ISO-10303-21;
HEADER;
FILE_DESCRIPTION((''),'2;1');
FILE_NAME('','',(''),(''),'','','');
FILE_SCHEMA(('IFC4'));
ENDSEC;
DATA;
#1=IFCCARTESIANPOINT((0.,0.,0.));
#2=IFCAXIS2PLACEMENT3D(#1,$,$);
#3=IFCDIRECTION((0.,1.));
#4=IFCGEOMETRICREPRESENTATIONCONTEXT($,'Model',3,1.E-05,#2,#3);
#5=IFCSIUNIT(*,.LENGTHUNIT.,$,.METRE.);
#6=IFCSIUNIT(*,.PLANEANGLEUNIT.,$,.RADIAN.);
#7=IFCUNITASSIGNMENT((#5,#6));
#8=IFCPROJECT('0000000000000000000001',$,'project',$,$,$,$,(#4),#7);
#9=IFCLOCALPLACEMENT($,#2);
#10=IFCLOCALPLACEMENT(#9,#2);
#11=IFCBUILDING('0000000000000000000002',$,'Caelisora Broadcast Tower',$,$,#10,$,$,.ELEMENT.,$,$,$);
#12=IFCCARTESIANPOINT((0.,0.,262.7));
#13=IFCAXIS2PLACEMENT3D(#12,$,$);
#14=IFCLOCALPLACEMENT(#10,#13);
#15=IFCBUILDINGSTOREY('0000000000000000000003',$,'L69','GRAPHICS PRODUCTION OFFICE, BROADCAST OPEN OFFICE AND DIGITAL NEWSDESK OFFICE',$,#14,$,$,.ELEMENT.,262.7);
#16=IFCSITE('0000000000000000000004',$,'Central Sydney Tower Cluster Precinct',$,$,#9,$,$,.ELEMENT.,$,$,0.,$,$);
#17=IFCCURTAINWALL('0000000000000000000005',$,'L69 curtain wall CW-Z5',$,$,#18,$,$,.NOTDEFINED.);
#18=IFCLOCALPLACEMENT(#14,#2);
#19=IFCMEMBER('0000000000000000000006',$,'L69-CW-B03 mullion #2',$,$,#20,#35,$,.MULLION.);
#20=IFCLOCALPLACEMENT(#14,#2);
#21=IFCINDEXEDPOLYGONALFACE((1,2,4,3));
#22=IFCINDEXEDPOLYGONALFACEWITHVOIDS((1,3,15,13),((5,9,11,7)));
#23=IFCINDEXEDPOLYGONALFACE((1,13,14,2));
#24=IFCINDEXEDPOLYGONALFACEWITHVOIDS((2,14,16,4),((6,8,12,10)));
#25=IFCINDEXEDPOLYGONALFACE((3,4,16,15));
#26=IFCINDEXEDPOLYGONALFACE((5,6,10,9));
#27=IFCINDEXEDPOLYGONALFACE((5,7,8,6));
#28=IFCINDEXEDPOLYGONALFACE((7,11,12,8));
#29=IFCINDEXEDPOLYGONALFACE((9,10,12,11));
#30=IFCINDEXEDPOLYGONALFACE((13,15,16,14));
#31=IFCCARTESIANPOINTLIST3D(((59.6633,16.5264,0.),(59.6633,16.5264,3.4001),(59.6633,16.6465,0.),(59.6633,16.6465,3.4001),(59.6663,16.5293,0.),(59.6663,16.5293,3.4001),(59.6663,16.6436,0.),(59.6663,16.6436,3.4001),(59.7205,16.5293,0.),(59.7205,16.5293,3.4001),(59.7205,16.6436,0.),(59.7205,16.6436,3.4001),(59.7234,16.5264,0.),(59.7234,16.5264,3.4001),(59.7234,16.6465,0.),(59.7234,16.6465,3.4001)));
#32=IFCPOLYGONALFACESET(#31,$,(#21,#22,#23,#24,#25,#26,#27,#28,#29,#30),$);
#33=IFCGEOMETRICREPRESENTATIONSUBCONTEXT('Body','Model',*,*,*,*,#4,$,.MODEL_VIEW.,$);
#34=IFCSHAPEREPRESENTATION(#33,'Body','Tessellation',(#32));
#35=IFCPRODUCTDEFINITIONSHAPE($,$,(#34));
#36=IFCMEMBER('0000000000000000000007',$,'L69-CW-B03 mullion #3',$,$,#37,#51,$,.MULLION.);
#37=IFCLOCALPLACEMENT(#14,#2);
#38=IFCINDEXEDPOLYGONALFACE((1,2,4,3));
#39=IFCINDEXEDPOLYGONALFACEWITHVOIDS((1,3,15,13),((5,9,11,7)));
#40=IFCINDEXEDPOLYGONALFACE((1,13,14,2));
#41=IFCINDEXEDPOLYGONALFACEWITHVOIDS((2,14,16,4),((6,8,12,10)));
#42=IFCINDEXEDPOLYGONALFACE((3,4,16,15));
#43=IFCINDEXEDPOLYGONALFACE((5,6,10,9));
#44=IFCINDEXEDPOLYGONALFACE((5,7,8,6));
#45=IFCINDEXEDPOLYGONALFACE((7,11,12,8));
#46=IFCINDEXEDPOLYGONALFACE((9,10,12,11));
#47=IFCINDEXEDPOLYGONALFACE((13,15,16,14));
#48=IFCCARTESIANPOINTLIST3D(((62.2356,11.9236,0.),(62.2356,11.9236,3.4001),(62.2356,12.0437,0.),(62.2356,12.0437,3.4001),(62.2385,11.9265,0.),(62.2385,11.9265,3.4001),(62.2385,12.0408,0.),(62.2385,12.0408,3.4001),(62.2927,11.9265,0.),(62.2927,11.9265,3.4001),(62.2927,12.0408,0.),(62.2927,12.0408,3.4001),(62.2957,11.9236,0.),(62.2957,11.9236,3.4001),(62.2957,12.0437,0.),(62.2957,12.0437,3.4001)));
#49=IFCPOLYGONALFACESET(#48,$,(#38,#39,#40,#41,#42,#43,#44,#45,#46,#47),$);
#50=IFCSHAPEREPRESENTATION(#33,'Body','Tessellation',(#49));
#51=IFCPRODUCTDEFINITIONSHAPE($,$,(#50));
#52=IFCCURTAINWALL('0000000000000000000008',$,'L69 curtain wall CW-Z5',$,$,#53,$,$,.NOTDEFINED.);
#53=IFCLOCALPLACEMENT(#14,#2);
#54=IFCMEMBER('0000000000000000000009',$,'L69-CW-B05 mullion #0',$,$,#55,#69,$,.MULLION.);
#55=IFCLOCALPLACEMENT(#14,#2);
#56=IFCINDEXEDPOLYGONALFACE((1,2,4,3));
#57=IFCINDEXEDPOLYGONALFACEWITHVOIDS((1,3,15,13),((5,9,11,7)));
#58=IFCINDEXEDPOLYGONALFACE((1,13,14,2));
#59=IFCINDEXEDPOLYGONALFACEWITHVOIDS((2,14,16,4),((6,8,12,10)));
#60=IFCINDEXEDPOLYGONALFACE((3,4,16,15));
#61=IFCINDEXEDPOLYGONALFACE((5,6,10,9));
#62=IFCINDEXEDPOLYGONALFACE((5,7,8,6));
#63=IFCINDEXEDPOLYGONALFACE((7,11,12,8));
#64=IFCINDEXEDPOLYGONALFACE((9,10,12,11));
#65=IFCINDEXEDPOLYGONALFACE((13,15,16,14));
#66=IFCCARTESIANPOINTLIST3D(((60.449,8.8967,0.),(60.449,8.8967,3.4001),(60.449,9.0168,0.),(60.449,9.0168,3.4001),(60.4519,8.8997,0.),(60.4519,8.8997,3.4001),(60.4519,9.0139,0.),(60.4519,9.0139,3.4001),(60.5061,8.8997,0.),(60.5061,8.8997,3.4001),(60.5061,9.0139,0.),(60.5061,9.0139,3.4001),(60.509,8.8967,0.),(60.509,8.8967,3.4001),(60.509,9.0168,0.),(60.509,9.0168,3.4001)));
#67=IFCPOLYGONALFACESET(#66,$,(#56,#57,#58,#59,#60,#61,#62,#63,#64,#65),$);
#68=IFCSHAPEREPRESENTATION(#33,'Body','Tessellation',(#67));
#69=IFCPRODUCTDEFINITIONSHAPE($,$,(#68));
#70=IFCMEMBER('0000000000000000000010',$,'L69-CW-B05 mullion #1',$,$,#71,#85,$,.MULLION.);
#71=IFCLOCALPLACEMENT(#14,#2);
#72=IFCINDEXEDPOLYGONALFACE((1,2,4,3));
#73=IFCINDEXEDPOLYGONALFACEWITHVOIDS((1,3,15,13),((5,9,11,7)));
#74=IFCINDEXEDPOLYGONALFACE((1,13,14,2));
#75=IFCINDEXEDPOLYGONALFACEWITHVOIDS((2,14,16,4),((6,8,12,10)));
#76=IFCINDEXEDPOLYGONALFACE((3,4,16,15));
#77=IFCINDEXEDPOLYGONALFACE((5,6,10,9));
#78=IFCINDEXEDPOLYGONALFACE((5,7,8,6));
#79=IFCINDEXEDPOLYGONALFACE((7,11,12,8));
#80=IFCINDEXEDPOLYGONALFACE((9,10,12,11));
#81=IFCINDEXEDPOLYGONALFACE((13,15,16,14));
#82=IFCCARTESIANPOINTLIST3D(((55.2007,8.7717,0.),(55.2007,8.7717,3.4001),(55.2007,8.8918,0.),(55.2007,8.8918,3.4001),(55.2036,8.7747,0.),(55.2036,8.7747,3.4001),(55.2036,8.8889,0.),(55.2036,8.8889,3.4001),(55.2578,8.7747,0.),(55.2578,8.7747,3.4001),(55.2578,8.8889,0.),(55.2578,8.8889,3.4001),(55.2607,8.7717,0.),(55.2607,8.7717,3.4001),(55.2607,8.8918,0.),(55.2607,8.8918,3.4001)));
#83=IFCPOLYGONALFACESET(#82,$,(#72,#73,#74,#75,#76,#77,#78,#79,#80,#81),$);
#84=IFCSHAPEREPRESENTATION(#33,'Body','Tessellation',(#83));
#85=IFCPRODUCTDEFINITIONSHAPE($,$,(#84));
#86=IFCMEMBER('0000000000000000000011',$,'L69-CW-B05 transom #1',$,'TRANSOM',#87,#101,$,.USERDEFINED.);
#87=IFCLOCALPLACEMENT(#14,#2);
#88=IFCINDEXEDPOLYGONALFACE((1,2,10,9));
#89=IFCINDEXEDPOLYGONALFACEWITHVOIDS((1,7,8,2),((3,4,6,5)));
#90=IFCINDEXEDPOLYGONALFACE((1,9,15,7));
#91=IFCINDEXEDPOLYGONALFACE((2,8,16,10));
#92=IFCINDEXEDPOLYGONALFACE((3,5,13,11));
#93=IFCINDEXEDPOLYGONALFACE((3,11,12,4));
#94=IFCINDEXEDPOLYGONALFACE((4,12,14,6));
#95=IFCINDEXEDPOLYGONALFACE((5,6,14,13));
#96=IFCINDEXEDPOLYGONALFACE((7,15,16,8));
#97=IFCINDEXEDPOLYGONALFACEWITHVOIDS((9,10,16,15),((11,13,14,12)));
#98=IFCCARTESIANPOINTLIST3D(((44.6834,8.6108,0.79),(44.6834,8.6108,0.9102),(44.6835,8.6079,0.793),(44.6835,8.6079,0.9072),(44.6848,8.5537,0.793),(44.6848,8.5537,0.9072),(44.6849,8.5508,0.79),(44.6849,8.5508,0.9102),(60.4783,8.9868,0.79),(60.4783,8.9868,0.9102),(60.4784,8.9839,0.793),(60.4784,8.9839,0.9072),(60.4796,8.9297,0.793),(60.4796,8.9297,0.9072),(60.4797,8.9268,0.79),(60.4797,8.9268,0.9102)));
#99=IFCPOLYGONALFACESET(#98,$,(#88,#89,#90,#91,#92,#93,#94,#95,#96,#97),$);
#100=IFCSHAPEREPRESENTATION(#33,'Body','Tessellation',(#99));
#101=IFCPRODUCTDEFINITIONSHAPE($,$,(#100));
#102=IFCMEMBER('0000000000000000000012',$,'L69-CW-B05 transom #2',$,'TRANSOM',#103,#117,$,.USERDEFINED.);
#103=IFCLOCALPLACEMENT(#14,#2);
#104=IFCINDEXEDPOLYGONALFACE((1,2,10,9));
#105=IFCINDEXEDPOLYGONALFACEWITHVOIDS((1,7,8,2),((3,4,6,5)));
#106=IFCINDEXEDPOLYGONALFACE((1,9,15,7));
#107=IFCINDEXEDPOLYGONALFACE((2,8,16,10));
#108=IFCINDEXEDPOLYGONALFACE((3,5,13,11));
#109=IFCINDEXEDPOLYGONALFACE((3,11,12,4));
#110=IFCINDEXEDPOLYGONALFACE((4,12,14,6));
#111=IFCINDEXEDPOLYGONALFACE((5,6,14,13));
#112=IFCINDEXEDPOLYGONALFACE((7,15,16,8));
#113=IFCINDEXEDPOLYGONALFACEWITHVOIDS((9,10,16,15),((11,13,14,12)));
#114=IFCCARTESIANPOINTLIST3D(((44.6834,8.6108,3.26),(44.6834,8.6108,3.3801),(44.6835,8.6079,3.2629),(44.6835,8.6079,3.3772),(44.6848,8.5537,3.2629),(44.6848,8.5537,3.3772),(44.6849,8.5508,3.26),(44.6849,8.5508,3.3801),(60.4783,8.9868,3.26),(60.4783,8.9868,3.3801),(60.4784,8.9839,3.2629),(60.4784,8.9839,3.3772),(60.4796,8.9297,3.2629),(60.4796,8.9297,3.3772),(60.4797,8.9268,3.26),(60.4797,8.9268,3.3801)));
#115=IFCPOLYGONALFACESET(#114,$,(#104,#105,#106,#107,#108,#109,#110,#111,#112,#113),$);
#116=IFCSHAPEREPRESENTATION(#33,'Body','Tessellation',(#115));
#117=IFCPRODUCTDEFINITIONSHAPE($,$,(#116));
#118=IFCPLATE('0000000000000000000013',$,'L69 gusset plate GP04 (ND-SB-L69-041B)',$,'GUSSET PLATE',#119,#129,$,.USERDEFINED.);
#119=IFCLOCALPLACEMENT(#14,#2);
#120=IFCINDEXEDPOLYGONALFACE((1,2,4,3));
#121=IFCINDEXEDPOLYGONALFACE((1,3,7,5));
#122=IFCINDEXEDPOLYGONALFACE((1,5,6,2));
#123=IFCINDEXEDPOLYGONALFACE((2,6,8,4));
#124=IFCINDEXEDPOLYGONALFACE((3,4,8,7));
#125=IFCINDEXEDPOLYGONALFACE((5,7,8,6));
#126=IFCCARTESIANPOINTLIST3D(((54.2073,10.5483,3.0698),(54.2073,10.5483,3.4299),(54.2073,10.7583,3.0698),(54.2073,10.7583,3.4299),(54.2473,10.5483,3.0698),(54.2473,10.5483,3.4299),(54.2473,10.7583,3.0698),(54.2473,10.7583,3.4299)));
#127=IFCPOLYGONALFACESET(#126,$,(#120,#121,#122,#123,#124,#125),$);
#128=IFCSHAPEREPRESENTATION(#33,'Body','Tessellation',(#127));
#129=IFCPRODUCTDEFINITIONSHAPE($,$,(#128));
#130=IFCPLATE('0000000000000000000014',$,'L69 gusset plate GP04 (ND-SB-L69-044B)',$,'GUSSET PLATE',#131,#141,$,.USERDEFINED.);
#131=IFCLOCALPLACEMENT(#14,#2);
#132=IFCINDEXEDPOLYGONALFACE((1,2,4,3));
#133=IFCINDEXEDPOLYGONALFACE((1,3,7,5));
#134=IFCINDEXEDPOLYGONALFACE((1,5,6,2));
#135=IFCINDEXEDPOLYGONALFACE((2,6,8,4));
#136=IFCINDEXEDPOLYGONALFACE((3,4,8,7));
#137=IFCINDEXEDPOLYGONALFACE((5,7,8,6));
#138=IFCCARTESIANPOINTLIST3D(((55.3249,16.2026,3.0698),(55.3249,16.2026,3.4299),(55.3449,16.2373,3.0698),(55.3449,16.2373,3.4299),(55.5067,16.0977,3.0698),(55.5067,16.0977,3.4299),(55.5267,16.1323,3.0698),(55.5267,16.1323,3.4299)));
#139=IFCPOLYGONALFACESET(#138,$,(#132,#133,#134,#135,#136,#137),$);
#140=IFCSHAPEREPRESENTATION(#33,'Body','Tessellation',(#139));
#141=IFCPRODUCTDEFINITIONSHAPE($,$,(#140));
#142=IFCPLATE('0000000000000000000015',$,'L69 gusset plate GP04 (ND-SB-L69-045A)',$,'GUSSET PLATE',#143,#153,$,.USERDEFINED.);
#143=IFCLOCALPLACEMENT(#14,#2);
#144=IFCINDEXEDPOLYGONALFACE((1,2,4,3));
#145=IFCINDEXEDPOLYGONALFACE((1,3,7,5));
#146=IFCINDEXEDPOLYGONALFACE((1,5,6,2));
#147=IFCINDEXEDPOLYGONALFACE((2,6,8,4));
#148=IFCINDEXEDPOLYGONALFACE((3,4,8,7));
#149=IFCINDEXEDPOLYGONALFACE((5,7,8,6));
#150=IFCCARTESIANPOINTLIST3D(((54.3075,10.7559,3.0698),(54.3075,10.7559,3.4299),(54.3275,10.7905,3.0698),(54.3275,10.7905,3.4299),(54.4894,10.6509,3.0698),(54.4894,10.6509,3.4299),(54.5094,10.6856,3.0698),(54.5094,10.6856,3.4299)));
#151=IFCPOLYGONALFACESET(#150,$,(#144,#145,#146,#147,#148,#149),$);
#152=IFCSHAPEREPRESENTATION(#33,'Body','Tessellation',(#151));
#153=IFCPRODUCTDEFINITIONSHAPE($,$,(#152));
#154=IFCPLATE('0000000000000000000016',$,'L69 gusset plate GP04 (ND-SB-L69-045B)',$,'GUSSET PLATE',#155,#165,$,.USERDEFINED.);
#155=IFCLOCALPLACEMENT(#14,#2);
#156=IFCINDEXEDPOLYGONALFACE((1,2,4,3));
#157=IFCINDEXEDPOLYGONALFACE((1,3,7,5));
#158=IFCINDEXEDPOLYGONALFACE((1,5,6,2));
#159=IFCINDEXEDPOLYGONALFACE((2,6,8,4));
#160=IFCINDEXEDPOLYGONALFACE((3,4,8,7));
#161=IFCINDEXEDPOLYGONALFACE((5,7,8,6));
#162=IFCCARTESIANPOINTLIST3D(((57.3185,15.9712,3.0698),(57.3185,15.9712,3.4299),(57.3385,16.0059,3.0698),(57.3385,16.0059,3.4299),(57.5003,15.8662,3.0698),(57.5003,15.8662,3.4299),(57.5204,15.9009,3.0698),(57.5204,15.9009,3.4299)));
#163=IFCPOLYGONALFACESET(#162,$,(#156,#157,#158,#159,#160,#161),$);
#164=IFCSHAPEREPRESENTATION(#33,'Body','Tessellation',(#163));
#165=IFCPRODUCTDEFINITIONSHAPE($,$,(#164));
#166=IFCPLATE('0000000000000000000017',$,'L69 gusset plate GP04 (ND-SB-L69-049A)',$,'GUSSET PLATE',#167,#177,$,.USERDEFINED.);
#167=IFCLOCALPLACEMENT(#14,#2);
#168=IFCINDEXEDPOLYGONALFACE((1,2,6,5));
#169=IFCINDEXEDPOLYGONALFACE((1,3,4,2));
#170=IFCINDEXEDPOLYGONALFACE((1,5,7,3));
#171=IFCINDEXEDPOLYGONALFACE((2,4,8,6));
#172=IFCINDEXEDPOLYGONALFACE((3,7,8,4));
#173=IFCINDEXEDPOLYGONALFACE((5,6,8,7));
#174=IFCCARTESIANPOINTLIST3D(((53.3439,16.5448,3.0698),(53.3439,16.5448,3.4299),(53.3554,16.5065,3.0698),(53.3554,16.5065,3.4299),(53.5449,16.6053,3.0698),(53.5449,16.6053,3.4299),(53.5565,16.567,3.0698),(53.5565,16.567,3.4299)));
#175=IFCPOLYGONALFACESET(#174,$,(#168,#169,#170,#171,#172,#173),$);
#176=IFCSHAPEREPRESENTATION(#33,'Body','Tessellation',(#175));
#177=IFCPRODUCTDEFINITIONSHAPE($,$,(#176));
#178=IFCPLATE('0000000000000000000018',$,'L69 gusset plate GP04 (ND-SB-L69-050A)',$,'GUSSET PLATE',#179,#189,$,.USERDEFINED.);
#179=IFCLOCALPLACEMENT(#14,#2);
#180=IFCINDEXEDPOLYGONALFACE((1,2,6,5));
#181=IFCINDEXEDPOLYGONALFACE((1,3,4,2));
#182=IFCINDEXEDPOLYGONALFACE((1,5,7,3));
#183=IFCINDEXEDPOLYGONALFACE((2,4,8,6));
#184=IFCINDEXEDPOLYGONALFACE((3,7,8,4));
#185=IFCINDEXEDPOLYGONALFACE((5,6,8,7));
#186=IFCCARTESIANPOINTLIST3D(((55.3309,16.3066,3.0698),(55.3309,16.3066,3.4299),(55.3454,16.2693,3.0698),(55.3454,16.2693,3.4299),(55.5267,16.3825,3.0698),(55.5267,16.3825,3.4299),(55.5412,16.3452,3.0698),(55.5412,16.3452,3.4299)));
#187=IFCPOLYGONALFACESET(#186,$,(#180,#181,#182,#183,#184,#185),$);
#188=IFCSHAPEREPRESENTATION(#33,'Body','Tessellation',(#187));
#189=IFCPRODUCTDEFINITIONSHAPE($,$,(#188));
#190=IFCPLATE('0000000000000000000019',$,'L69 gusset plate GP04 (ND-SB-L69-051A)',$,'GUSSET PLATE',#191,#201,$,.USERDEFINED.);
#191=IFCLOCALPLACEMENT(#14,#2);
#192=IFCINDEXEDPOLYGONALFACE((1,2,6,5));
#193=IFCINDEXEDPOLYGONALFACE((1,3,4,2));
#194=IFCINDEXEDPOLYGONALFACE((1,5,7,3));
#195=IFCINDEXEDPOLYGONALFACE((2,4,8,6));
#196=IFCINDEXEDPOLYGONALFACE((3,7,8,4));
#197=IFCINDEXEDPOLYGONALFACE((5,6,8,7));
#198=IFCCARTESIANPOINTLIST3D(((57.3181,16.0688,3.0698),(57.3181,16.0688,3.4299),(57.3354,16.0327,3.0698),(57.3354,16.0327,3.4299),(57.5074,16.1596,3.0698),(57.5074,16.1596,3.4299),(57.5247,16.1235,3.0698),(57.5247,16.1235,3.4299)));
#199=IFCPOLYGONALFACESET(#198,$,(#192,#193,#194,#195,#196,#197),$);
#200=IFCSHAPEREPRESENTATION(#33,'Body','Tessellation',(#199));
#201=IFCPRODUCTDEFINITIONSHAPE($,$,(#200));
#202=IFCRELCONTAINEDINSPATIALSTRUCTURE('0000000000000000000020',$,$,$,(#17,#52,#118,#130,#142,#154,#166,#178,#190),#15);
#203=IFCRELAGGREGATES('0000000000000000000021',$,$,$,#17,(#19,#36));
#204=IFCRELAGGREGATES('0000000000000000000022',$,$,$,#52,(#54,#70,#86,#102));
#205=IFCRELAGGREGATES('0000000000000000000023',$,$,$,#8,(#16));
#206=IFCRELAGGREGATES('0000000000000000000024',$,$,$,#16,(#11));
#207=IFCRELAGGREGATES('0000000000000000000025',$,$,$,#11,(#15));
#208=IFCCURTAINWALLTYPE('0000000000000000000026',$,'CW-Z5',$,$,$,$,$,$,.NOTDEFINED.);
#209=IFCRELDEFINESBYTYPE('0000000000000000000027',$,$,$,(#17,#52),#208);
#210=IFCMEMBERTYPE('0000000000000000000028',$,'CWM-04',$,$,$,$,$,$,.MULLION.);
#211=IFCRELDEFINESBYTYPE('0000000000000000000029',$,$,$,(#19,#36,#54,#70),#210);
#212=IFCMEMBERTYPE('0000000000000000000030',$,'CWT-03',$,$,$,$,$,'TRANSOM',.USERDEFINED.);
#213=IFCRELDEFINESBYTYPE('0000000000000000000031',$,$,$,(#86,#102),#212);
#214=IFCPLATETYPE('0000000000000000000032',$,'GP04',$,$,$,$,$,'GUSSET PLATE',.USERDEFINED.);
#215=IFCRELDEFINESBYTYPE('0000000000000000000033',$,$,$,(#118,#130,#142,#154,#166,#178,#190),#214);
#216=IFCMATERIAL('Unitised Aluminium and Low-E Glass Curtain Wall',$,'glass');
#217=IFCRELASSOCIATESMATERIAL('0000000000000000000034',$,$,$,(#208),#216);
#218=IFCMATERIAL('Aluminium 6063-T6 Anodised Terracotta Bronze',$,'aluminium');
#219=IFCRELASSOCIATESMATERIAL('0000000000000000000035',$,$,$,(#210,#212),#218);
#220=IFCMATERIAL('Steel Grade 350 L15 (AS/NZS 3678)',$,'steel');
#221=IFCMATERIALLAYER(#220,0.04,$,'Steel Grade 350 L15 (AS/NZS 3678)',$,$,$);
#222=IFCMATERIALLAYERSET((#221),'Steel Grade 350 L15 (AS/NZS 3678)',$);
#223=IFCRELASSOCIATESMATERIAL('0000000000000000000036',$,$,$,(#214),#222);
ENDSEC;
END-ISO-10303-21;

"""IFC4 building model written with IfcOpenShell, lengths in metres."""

from ifc_helpers import new_model, si_unit, direction, frame, origin, origin_2d, place, context, subcontext, project, spatial, rectangle, hollow_rectangle, extrude, source, transform, mapped, material, layer, layer_set, material_profile, profile_set, type_object, type_shapes, element, aggregate, save


model = new_model("IFC4")

# Units and contexts
model_context = context("Model", 3, precision=1e-05, world=origin(), true_north=direction((0.0, 1.0)))
body_context = subcontext(model_context, "Body", "Model", "MODEL_VIEW")
ifc_project = project(units=[si_unit("LENGTHUNIT", "METRE"), si_unit("PLANEANGLEUNIT", "RADIAN")], contexts=[model_context])

# Site, building, storey
site_placement = place(None, origin())
site = spatial("IfcSite", under=ifc_project, at=site_placement, Name="Central Sydney Tower Cluster Precinct", CompositionType="ELEMENT", RefElevation=0.0)
building_placement = place(site_placement, origin())
building = spatial("IfcBuilding", under=site, at=building_placement, Name="Caelisora Broadcast Tower", CompositionType="ELEMENT")
storey_placement = place(building_placement, frame((0.0, 0.0, 262.7)))
storey = spatial("IfcBuildingStorey", under=building, at=storey_placement, Name="L69", Description="GRAPHICS PRODUCTION OFFICE, BROADCAST OPEN OFFICE AND DIGITAL NEWSDESK OFFICE", CompositionType="ELEMENT", Elevation=262.7)

# Shared definitions
ifc_material_1 = material(Name="Steel Grade 350 L15 (AS/NZS 3678)", Category="steel")

# Curtain walls, members
ifc_material_2 = material(Name="Unitised Aluminium and Low-E Glass Curtain Wall", Category="glass")
curtain_wall_type = type_object("IfcCurtainWallType", Name="CW-Z5", PredefinedType="NOTDEFINED", material=ifc_material_2)
curtain_wall_1_placement = place(storey_placement, origin())
curtain_wall_1 = element("IfcCurtainWall", 1, at=curtain_wall_1_placement, inside=storey, type_object=curtain_wall_type, Name="L69 curtain wall CW-Z5", PredefinedType="NOTDEFINED")
ifc_material_3 = material(Name="Aluminium 6063-T6 Anodised Terracotta Bronze", Category="aluminium")
ifc_material_profile_1 = material_profile(ifc_material_3, hollow_rectangle(XDim=0.0601, YDim=0.1201, WallThickness=0.0029, at=origin_2d()), Name="Aluminium 6063-T6 Anodised Terracotta Bronze")
ifc_profile_set_1 = profile_set([ifc_material_profile_1], Name="Aluminium 6063-T6 Anodised Terracotta Bronze")
member_type_1 = type_object("IfcMemberType", Name="CWM-04", PredefinedType="MULLION", material=ifc_profile_set_1)
shared_shape_1 = source(origin(), body_context, "Body", "SweptSolid", [
    extrude(hollow_rectangle(XDim=0.0601, YDim=0.1201, WallThickness=0.0029, at=origin_2d()), origin(), (0.0, 0.0, 1.0), 3.4001),
])
type_shapes(member_type_1, [shared_shape_1])
member_1_placement = place(storey_placement, frame((59.6934, 16.5864, 0.0), z_axis=(0.0, 0.0, 1.0), x_axis=(1.0, 0.0, 0.0)))
member_1 = element("IfcMember", 2, at=member_1_placement, type_object=member_type_1, Name="L69-CW-B03 mullion #2", PredefinedType="MULLION", context=body_context, shape_type="MappedRepresentation", body=[
    mapped(shared_shape_1, transform((0.0, 0.0, 0.0), scale=1.0)),
])
member_2_placement = place(storey_placement, frame((62.2656, 11.9836, 0.0), z_axis=(0.0, 0.0, 1.0), x_axis=(1.0, 0.0, 0.0)))
member_2 = element("IfcMember", 3, at=member_2_placement, type_object=member_type_1, Name="L69-CW-B03 mullion #3", PredefinedType="MULLION", context=body_context, shape_type="MappedRepresentation", body=[
    mapped(shared_shape_1, transform((0.0, 0.0, 0.0), scale=1.0)),
])
curtain_wall_2_placement = place(storey_placement, origin())
curtain_wall_2 = element("IfcCurtainWall", 4, at=curtain_wall_2_placement, inside=storey, type_object=curtain_wall_type, Name="L69 curtain wall CW-Z5", PredefinedType="NOTDEFINED")
member_3_placement = place(storey_placement, frame((60.479, 8.9568, 0.0), z_axis=(0.0, 0.0, 1.0), x_axis=(1.0, 0.0, 0.0)))
member_3 = element("IfcMember", 5, at=member_3_placement, type_object=member_type_1, Name="L69-CW-B05 mullion #0", PredefinedType="MULLION", context=body_context, shape_type="MappedRepresentation", body=[
    mapped(shared_shape_1, transform((0.0, 0.0, 0.0), scale=1.0)),
])
member_4_placement = place(storey_placement, frame((55.2307, 8.8318, 0.0), z_axis=(0.0, 0.0, 1.0), x_axis=(1.0, 0.0, 0.0)))
member_4 = element("IfcMember", 6, at=member_4_placement, type_object=member_type_1, Name="L69-CW-B05 mullion #1", PredefinedType="MULLION", context=body_context, shape_type="MappedRepresentation", body=[
    mapped(shared_shape_1, transform((0.0, 0.0, 0.0), scale=1.0)),
])
ifc_material_profile_2 = material_profile(ifc_material_3, hollow_rectangle(XDim=0.0601, YDim=0.1201, WallThickness=0.0029, at=origin_2d()), Name="Aluminium 6063-T6 Anodised Terracotta Bronze")
ifc_profile_set_2 = profile_set([ifc_material_profile_2], Name="Aluminium 6063-T6 Anodised Terracotta Bronze")
member_type_2 = type_object("IfcMemberType", Name="CWT-03", ElementType="TRANSOM", PredefinedType="USERDEFINED", material=ifc_profile_set_2)
shared_shape_2 = source(origin(), body_context, "Body", "SweptSolid", [
    extrude(hollow_rectangle(XDim=0.0601, YDim=0.1201, WallThickness=0.0029, at=origin_2d()), origin(), (0.0, 0.0, 1.0), 15.7993),
])
type_shapes(member_type_2, [shared_shape_2])
member_5_placement = place(storey_placement, frame((60.479, 8.9568, 0.8501), z_axis=(-0.999717, -0.023797, 0.0), x_axis=(0.023797, -0.999717, 0.0)))
member_5 = element("IfcMember", 7, at=member_5_placement, type_object=member_type_2, Name="L69-CW-B05 transom #1", ObjectType="TRANSOM", PredefinedType="USERDEFINED", context=body_context, shape_type="MappedRepresentation", body=[
    mapped(shared_shape_2, transform((0.0, 0.0, 0.0), scale=1.0)),
])
member_6_placement = place(storey_placement, frame((60.479, 8.9568, 3.3201), z_axis=(-0.999717, -0.023797, 0.0), x_axis=(0.023797, -0.999717, 0.0)))
member_6 = element("IfcMember", 8, at=member_6_placement, type_object=member_type_2, Name="L69-CW-B05 transom #2", ObjectType="TRANSOM", PredefinedType="USERDEFINED", context=body_context, shape_type="MappedRepresentation", body=[
    mapped(shared_shape_2, transform((0.0, 0.0, 0.0), scale=1.0)),
])

# Plates
ifc_layer_1 = layer(ifc_material_1, 0.04, Name="Steel Grade 350 L15 (AS/NZS 3678)")
ifc_layer_set_1 = layer_set([ifc_layer_1], Name="Steel Grade 350 L15 (AS/NZS 3678)")
plate_type_1 = type_object("IfcPlateType", Name="GP04", ElementType="GUSSET PLATE", PredefinedType="USERDEFINED", material=ifc_layer_set_1)
shared_shape_3 = source(origin(), body_context, "Body", "SweptSolid", [
    extrude(rectangle(XDim=0.21, YDim=0.04, at=origin_2d()), origin(), (0.0, 0.0, 1.0), 0.3601),
])
type_shapes(plate_type_1, [shared_shape_3])
for number, where, z_axis, x_axis, name in (
    (9, (54.2273, 10.6533, 3.0698), (0.0, 0.0, 1.0), (0.0, 1.0, 0.0), "L69 gusset plate GP04 (ND-SB-L69-041B)"),
    (10, (55.4258, 16.1675, 3.0698), (0.0, 0.0, 1.0), (-0.866025, 0.5, 0.0), "L69 gusset plate GP04 (ND-SB-L69-044B)"),
    (11, (54.4084, 10.7207, 3.0698), (0.0, 0.0, 1.0), (-0.866025, 0.5, 0.0), "L69 gusset plate GP04 (ND-SB-L69-045A)"),
    (12, (57.4194, 15.936, 3.0698), (0.0, 0.0, 1.0), (-0.866025, 0.5, 0.0), "L69 gusset plate GP04 (ND-SB-L69-045B)"),
    (13, (53.4502, 16.5559, 3.0698), (0.0, 0.0, 1.0), (-0.957521, -0.288363, 0.0), "L69 gusset plate GP04 (ND-SB-L69-049A)"),
    (14, (55.436, 16.3259, 3.0698), (0.0, 0.0, 1.0), (-0.932387, -0.361462, 0.0), "L69 gusset plate GP04 (ND-SB-L69-050A)"),
    (15, (57.4214, 16.0962, 3.0698), (0.0, 0.0, 1.0), (-0.901682, -0.432401, 0.0), "L69 gusset plate GP04 (ND-SB-L69-051A)"),
):
    element("IfcPlate", number, at=place(storey_placement, frame(where, z_axis=z_axis, x_axis=x_axis)), inside=storey, type_object=plate_type_1, Name=name, ObjectType="GUSSET PLATE", PredefinedType="USERDEFINED", context=body_context, shape_type="MappedRepresentation", body=[
        mapped(shared_shape_3, transform((0.0, 0.0, 0.0), scale=1.0)),
    ])

aggregate(curtain_wall_1, [member_1, member_2])
aggregate(curtain_wall_2, [member_3, member_4, member_5, member_6])

save(model, "model.ifc")
